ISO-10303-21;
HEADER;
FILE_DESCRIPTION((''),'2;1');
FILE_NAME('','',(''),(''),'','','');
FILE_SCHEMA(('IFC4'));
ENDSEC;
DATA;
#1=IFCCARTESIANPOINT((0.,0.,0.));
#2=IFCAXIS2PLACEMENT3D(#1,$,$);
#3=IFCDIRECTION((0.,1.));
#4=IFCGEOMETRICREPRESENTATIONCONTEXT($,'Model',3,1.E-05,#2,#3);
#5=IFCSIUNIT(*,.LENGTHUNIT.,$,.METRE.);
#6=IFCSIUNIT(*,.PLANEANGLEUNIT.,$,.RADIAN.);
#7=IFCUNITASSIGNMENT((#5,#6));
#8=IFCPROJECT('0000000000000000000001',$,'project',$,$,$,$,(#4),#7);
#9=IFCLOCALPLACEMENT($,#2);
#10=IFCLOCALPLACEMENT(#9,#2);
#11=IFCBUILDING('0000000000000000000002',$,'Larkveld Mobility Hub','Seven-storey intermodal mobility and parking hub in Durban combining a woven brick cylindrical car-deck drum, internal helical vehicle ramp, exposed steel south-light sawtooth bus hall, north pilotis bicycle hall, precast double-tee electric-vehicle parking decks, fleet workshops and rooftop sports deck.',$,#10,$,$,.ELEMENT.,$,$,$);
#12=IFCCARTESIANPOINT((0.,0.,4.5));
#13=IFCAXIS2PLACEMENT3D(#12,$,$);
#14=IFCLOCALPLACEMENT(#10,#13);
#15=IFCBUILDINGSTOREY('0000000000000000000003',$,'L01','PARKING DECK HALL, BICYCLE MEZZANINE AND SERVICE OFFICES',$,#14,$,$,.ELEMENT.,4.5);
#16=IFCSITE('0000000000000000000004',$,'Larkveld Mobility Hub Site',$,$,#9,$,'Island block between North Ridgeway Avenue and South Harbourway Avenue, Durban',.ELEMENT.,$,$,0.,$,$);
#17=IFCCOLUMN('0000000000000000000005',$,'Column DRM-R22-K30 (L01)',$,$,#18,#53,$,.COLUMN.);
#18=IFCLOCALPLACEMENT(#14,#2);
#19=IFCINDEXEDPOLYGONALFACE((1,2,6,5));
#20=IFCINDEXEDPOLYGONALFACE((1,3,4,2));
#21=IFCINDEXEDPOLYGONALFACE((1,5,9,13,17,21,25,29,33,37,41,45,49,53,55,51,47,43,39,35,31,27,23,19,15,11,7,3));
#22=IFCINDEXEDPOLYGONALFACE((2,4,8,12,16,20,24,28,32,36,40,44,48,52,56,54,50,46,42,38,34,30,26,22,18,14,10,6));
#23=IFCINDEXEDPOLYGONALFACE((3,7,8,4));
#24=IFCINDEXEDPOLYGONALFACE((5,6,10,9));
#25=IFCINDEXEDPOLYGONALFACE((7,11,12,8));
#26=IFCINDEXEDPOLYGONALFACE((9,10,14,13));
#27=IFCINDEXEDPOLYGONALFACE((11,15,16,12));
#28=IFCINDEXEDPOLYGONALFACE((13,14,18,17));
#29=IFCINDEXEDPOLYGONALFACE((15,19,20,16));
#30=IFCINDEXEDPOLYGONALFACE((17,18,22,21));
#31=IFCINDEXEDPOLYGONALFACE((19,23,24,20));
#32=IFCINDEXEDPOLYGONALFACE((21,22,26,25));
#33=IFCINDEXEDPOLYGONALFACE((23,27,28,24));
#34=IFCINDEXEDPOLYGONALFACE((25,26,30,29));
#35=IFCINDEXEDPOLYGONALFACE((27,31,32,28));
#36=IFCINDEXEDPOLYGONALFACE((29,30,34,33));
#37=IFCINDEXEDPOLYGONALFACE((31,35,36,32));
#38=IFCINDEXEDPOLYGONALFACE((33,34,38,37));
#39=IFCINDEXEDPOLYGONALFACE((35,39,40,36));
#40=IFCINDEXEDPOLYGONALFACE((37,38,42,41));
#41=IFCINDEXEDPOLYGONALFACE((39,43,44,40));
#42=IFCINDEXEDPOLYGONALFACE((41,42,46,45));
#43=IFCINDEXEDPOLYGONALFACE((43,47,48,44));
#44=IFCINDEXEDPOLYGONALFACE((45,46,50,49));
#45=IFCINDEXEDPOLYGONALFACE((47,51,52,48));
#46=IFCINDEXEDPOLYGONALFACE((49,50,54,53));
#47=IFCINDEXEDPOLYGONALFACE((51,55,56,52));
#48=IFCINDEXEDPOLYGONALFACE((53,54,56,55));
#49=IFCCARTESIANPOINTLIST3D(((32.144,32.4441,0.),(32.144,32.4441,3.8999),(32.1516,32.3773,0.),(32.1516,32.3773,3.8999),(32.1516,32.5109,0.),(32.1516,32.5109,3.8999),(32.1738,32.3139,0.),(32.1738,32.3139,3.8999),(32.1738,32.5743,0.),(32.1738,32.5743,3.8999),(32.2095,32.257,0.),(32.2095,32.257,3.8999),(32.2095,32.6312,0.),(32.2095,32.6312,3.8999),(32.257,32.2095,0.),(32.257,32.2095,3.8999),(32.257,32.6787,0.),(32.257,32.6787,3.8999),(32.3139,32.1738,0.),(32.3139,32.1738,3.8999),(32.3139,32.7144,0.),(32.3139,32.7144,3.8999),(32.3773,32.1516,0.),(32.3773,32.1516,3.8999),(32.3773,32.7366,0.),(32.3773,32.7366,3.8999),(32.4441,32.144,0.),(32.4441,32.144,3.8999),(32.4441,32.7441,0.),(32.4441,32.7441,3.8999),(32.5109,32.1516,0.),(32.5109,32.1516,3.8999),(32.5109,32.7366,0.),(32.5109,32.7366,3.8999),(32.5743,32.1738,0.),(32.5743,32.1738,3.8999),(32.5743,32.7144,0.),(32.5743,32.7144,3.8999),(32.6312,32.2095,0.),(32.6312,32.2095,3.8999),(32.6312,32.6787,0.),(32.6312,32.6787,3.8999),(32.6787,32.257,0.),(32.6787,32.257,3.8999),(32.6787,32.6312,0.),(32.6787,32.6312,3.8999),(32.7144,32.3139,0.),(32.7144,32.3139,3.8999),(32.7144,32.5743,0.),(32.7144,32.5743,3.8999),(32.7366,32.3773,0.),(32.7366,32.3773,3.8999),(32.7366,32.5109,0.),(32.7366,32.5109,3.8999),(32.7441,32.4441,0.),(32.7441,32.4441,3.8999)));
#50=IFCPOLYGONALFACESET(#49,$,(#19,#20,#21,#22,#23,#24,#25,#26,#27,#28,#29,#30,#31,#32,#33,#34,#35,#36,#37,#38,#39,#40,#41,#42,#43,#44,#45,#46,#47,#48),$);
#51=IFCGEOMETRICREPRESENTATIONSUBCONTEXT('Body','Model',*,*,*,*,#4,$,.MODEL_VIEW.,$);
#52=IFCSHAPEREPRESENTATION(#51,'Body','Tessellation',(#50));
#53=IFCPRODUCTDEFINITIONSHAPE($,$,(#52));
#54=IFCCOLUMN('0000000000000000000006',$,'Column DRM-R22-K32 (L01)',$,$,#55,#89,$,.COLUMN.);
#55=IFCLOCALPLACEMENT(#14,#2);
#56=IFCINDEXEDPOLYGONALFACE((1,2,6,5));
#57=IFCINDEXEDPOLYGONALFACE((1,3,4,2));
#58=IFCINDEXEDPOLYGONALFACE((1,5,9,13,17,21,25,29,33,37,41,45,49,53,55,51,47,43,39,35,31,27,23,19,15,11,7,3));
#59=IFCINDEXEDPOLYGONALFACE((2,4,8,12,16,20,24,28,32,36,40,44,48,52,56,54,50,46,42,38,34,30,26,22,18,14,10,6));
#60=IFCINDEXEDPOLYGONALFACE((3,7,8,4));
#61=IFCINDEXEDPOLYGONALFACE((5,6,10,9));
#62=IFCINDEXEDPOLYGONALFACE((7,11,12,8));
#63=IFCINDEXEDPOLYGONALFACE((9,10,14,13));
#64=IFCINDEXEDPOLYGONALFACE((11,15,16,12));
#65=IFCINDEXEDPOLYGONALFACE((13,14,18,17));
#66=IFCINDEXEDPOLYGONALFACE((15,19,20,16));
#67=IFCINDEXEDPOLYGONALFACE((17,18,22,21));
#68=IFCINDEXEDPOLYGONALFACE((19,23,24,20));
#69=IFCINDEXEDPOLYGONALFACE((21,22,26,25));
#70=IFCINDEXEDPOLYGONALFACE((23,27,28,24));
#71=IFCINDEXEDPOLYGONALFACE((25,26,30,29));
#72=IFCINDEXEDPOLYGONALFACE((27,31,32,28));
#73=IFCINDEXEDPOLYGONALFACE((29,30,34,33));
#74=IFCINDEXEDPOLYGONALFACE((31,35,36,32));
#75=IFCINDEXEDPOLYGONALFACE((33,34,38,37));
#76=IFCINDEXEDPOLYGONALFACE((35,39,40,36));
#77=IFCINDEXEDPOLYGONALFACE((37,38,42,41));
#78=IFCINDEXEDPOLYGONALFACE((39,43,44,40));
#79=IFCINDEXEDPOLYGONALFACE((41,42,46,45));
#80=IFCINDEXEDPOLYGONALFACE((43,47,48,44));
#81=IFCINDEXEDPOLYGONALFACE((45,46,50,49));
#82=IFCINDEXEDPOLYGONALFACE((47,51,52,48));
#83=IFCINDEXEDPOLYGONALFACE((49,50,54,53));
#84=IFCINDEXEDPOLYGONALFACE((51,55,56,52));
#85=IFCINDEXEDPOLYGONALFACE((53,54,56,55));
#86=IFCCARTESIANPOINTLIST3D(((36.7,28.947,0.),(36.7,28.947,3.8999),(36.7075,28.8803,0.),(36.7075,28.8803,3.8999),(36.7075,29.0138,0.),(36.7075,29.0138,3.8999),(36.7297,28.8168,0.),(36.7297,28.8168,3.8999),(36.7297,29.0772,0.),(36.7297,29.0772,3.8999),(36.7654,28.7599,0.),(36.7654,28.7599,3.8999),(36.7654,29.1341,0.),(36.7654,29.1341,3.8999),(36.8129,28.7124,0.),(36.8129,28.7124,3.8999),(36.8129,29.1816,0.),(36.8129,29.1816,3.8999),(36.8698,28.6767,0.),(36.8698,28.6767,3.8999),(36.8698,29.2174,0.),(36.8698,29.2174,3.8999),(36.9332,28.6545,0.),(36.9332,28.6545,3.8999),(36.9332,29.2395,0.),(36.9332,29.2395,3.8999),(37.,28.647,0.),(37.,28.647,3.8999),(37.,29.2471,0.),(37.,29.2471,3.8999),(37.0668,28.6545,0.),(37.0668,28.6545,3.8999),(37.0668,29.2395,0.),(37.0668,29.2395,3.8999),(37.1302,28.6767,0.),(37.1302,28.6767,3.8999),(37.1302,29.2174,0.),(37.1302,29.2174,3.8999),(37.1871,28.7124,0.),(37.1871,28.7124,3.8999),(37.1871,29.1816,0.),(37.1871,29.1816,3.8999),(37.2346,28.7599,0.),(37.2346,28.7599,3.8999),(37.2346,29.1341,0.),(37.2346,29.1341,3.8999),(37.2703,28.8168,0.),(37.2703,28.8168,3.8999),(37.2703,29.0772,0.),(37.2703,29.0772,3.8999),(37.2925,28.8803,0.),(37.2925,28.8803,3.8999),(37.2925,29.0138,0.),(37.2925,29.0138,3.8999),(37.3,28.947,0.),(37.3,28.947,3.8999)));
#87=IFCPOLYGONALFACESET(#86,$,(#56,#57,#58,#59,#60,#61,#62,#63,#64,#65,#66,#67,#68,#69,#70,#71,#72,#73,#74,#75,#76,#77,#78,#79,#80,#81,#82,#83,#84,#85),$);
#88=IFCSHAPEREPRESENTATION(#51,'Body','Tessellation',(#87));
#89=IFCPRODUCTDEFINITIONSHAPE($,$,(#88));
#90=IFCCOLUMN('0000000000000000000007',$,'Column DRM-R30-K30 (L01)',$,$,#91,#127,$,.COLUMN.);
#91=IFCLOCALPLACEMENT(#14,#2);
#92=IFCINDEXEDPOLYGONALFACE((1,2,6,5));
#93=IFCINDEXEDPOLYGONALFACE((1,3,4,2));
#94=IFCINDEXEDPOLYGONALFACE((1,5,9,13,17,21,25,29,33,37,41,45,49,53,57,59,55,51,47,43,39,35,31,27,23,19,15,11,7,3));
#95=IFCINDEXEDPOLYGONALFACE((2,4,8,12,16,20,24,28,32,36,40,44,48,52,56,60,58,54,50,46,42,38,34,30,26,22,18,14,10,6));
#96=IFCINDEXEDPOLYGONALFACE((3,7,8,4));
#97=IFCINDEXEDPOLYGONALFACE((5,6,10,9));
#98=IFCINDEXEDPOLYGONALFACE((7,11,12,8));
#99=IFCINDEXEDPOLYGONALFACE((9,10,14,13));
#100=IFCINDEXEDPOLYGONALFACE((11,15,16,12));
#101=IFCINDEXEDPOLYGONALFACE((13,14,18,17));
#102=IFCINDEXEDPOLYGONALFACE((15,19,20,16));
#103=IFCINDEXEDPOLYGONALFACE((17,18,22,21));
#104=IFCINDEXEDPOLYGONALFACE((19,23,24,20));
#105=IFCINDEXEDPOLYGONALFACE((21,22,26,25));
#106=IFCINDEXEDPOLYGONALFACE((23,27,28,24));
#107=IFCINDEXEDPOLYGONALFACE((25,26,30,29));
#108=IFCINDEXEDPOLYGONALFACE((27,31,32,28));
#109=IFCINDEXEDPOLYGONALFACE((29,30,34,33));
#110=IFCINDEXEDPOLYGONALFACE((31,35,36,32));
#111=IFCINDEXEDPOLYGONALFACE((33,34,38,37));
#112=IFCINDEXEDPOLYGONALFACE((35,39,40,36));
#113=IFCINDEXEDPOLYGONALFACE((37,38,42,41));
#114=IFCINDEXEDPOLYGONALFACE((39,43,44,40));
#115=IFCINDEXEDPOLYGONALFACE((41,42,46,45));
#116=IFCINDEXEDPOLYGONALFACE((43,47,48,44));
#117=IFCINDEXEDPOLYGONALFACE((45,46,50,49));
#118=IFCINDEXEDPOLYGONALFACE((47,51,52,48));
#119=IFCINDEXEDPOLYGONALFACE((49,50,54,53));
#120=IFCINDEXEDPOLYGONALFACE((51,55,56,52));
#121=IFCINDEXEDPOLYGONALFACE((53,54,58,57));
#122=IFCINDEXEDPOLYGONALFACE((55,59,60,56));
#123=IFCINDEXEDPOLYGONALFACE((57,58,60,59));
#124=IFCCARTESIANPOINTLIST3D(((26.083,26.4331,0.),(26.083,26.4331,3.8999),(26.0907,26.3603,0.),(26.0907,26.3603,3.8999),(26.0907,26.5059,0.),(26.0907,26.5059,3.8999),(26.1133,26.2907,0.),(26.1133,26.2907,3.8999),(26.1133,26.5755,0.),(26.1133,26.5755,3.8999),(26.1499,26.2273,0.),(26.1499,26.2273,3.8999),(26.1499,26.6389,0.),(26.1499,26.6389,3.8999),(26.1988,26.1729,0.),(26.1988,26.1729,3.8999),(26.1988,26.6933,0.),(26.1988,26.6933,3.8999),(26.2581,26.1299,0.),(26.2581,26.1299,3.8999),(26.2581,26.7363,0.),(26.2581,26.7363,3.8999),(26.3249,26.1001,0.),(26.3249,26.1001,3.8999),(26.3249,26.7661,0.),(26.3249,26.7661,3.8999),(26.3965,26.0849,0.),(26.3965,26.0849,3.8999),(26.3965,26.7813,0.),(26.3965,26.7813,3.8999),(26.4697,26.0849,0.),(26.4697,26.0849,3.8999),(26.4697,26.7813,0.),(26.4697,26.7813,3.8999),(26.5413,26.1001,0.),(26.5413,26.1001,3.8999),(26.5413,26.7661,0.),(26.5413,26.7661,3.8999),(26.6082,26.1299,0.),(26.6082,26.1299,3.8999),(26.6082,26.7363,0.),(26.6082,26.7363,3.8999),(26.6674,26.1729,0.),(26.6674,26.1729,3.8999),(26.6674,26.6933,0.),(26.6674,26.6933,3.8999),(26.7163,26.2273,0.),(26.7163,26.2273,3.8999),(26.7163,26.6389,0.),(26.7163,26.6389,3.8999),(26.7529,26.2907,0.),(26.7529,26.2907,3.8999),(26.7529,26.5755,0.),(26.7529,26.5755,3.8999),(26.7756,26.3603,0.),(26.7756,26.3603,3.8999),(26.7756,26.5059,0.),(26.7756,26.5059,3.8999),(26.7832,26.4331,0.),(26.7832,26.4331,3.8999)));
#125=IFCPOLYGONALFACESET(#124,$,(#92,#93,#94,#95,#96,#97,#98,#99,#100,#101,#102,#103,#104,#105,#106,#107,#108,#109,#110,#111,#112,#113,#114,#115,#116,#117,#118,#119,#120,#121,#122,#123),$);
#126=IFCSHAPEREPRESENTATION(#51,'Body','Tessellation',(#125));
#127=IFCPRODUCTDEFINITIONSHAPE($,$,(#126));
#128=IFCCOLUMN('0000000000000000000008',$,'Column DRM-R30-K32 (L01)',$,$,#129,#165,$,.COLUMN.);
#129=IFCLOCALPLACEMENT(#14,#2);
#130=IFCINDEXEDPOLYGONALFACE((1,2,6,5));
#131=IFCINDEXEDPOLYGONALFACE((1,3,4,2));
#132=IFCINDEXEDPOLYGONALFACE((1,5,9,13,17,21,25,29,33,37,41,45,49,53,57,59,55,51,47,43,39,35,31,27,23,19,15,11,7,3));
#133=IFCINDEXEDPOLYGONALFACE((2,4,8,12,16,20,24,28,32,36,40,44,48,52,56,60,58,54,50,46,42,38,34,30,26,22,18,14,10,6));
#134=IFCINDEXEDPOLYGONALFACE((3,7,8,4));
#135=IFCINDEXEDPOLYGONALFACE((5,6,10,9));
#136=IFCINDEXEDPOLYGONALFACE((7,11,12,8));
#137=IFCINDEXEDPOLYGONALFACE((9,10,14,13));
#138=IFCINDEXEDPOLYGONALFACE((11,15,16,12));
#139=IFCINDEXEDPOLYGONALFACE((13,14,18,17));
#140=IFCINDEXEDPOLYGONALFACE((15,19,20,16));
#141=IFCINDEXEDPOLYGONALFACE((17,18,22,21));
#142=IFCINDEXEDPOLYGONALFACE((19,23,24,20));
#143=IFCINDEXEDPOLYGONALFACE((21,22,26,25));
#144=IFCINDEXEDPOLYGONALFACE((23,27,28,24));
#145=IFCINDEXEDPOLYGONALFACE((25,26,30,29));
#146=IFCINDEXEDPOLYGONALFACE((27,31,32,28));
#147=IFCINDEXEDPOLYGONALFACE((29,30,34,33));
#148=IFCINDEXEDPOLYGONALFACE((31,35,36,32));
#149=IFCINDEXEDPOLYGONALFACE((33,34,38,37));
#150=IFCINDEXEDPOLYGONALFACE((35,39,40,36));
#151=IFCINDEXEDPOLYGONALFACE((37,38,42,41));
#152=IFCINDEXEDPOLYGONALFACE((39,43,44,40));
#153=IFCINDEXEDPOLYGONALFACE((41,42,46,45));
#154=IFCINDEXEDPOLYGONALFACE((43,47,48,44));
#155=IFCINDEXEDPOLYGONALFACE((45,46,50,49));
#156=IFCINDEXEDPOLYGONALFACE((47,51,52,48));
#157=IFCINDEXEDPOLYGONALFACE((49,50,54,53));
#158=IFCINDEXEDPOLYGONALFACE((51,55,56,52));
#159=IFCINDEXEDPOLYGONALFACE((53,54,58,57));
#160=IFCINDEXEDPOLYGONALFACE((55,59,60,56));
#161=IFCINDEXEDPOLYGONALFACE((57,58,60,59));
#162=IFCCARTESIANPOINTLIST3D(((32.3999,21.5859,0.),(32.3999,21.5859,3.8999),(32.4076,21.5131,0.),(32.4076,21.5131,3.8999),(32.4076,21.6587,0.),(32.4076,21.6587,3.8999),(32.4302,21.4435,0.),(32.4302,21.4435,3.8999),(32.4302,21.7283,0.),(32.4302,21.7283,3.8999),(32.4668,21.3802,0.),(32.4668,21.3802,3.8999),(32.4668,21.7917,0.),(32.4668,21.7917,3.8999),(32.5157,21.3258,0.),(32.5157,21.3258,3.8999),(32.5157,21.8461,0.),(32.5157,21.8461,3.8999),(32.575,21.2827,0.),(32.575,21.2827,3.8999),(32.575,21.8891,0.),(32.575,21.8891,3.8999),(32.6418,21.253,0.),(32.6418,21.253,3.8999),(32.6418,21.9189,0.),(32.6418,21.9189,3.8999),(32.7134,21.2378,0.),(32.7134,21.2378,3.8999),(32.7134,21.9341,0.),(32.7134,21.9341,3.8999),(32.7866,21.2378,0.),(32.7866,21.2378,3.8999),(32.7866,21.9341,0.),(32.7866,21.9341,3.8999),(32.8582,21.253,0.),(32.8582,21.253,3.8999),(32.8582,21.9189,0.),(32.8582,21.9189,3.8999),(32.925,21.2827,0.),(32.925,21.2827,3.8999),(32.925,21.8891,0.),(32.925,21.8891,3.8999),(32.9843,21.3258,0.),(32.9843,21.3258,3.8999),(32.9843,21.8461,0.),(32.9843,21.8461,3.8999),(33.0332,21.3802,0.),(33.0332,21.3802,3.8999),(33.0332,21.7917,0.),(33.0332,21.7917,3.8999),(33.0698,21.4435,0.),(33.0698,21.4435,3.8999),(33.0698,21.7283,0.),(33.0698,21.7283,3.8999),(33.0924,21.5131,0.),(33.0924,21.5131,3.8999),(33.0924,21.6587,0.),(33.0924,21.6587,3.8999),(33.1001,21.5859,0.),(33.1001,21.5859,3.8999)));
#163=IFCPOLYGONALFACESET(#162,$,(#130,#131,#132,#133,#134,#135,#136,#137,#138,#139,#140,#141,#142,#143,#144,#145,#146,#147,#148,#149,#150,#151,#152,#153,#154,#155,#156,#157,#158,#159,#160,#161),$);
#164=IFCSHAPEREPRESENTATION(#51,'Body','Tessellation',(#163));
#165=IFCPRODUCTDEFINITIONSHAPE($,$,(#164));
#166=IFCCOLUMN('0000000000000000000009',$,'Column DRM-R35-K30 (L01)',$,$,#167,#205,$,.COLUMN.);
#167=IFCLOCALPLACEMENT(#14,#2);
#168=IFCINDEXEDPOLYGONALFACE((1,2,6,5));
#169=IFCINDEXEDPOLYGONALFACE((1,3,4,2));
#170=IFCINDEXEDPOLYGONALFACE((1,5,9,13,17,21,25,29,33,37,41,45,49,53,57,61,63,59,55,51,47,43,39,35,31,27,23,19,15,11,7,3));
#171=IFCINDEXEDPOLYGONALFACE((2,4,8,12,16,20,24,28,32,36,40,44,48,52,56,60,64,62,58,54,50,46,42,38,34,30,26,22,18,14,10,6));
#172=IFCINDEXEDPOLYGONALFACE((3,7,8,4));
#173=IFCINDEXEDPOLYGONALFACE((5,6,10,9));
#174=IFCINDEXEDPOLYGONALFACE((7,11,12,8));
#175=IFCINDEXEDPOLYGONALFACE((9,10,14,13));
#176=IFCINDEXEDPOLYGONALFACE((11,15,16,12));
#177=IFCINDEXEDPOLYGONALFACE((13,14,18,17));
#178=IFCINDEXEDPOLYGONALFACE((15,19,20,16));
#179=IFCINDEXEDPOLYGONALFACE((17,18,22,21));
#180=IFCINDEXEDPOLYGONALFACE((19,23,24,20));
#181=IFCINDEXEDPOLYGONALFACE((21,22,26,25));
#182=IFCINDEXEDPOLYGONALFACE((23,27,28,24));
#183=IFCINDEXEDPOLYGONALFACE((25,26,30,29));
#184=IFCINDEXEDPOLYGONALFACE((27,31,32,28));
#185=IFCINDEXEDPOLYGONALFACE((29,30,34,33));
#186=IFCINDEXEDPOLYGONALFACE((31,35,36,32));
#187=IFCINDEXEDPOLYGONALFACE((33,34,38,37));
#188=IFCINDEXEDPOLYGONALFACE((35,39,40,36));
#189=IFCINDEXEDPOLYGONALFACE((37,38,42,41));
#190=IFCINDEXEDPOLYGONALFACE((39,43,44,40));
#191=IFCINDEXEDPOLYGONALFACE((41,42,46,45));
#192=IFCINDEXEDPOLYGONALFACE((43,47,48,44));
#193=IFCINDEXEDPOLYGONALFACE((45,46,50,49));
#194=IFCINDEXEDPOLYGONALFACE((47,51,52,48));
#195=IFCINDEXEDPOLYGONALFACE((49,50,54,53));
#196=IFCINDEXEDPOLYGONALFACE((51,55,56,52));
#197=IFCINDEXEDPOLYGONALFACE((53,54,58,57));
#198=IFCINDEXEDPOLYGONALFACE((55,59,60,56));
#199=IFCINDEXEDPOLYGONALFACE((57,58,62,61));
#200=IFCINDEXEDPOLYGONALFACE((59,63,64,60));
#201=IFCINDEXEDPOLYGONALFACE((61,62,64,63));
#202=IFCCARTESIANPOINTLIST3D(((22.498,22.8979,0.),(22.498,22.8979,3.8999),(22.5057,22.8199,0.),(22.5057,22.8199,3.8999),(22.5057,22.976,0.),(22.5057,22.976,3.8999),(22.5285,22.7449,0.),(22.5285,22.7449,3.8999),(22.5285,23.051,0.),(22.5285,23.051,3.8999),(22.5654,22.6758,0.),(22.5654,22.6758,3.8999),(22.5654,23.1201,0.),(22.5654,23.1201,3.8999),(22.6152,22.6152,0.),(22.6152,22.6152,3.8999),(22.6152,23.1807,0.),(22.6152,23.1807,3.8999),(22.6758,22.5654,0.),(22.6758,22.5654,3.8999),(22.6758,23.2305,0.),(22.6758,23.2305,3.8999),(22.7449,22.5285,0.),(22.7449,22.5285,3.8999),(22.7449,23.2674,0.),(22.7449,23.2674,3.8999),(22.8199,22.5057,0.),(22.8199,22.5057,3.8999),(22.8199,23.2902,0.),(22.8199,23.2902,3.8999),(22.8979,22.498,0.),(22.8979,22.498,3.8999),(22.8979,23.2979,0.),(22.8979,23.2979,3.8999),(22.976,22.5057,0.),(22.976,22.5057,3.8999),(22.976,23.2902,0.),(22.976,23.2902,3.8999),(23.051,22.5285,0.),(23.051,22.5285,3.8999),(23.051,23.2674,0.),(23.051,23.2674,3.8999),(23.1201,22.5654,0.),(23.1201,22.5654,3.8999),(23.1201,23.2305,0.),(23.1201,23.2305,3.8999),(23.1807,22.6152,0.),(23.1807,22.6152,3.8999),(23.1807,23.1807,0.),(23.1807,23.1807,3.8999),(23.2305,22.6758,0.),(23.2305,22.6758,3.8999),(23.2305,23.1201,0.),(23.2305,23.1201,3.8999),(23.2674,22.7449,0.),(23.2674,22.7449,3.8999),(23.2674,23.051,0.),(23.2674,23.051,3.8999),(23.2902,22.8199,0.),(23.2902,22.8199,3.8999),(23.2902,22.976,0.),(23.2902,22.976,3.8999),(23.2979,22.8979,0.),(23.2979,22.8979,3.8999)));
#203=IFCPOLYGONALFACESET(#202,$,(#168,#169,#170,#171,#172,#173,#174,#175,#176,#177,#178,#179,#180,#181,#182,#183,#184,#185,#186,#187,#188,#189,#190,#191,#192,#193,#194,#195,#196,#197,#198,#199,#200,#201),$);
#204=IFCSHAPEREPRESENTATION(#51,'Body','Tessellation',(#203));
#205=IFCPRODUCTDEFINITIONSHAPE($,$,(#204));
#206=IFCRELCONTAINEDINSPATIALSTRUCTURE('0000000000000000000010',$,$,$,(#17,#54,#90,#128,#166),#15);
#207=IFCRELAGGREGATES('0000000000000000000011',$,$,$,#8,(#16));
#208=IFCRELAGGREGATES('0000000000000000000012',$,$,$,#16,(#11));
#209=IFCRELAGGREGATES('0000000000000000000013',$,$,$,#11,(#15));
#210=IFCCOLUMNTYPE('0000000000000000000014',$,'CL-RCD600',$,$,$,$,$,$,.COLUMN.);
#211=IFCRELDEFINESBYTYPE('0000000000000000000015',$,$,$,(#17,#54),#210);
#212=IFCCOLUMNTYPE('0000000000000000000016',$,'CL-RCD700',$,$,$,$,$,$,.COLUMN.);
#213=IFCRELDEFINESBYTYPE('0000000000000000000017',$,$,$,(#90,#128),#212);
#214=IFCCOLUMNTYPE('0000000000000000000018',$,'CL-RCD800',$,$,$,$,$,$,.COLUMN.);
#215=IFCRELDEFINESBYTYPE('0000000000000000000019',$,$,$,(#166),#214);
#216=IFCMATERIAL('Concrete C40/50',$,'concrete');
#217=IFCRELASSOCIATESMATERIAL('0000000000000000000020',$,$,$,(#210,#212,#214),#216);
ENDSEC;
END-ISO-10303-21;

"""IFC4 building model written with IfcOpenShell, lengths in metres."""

from ifc_helpers import new_model, si_unit, direction, frame, origin, origin_2d, place, context, subcontext, project, spatial, circle, extrude, material, material_profile, profile_set, type_object, element, save


model = new_model("IFC4")

# Units and contexts
model_context = context("Model", 3, precision=1e-05, world=origin(), true_north=direction((0.0, 1.0)))
body_context = subcontext(model_context, "Body", "Model", "MODEL_VIEW")
ifc_project = project(units=[si_unit("LENGTHUNIT", "METRE"), si_unit("PLANEANGLEUNIT", "RADIAN")], contexts=[model_context])

# Site, building, storey
site_placement = place(None, origin())
site = spatial("IfcSite", under=ifc_project, at=site_placement, Name="Larkveld Mobility Hub Site", LongName="Island block between North Ridgeway Avenue and South Harbourway Avenue, Durban", CompositionType="ELEMENT", RefElevation=0.0)
building_placement = place(site_placement, origin())
building = spatial("IfcBuilding", under=site, at=building_placement, Name="Larkveld Mobility Hub", Description="Seven-storey intermodal mobility and parking hub in Durban combining a woven brick cylindrical car-deck drum, internal helical vehicle ramp, exposed steel south-light sawtooth bus hall, north pilotis bicycle hall, precast double-tee electric-vehicle parking decks, fleet workshops and rooftop sports deck.", CompositionType="ELEMENT")
storey_placement = place(building_placement, frame((0.0, 0.0, 4.5)))
storey = spatial("IfcBuildingStorey", under=building, at=storey_placement, Name="L01", Description="PARKING DECK HALL, BICYCLE MEZZANINE AND SERVICE OFFICES", CompositionType="ELEMENT", Elevation=4.5)

# Columns
ifc_material_1 = material(Name="Concrete C40/50", Category="concrete")
ifc_material_profile_1 = material_profile(ifc_material_1, circle(Radius=0.3, at=origin_2d()), Name="RC COL D600")
ifc_profile_set_1 = profile_set([ifc_material_profile_1], Name="Concrete C40/50")
column_type_1 = type_object("IfcColumnType", Name="CL-RCD600", PredefinedType="COLUMN", material=ifc_profile_set_1)
for number, where, z_axis, x_axis, name in (
    (1, (32.4441, 32.4441, 0.0), (0.0, 0.0, 1.0), (1.0, 0.0, 0.0), "Column DRM-R22-K30 (L01)"),
    (2, (37.0, 28.947, 0.0), (0.0, 0.0, 1.0), (1.0, 0.0, 0.0), "Column DRM-R22-K32 (L01)"),
):
    element("IfcColumn", number, at=place(storey_placement, frame(where, z_axis=z_axis, x_axis=x_axis)), inside=storey, type_object=column_type_1, Name=name, PredefinedType="COLUMN", context=body_context, shape_type="SweptSolid", body=[
        extrude(circle(Radius=0.3, at=origin_2d()), origin(), (0.0, 0.0, 1.0), 3.8999),
    ])
ifc_material_profile_2 = material_profile(ifc_material_1, circle(Radius=0.3501, at=origin_2d()), Name="RC COL D700")
ifc_profile_set_2 = profile_set([ifc_material_profile_2], Name="Concrete C40/50")
column_type_2 = type_object("IfcColumnType", Name="CL-RCD700", PredefinedType="COLUMN", material=ifc_profile_set_2)
for number, where, z_axis, x_axis, name in (
    (3, (26.4331, 26.4331, 0.0), (0.0, 0.0, 1.0), (1.0, 0.0, 0.0), "Column DRM-R30-K30 (L01)"),
    (4, (32.75, 21.5859, 0.0), (0.0, 0.0, 1.0), (1.0, 0.0, 0.0), "Column DRM-R30-K32 (L01)"),
):
    element("IfcColumn", number, at=place(storey_placement, frame(where, z_axis=z_axis, x_axis=x_axis)), inside=storey, type_object=column_type_2, Name=name, PredefinedType="COLUMN", context=body_context, shape_type="SweptSolid", body=[
        extrude(circle(Radius=0.3501, at=origin_2d()), origin(), (0.0, 0.0, 1.0), 3.8999),
    ])
ifc_material_profile_3 = material_profile(ifc_material_1, circle(Radius=0.3999, at=origin_2d()), Name="RC COL D800")
ifc_profile_set_3 = profile_set([ifc_material_profile_3], Name="Concrete C40/50")
column_type_3 = type_object("IfcColumnType", Name="CL-RCD800", PredefinedType="COLUMN", material=ifc_profile_set_3)
column_placement = place(storey_placement, frame((22.8979, 22.8979, 0.0), z_axis=(0.0, 0.0, 1.0), x_axis=(1.0, 0.0, 0.0)))
element("IfcColumn", 5, at=column_placement, inside=storey, type_object=column_type_3, Name="Column DRM-R35-K30 (L01)", PredefinedType="COLUMN", context=body_context, shape_type="SweptSolid", body=[
    extrude(circle(Radius=0.3999, at=origin_2d()), origin(), (0.0, 0.0, 1.0), 3.8999),
])

save(model, "model.ifc")
